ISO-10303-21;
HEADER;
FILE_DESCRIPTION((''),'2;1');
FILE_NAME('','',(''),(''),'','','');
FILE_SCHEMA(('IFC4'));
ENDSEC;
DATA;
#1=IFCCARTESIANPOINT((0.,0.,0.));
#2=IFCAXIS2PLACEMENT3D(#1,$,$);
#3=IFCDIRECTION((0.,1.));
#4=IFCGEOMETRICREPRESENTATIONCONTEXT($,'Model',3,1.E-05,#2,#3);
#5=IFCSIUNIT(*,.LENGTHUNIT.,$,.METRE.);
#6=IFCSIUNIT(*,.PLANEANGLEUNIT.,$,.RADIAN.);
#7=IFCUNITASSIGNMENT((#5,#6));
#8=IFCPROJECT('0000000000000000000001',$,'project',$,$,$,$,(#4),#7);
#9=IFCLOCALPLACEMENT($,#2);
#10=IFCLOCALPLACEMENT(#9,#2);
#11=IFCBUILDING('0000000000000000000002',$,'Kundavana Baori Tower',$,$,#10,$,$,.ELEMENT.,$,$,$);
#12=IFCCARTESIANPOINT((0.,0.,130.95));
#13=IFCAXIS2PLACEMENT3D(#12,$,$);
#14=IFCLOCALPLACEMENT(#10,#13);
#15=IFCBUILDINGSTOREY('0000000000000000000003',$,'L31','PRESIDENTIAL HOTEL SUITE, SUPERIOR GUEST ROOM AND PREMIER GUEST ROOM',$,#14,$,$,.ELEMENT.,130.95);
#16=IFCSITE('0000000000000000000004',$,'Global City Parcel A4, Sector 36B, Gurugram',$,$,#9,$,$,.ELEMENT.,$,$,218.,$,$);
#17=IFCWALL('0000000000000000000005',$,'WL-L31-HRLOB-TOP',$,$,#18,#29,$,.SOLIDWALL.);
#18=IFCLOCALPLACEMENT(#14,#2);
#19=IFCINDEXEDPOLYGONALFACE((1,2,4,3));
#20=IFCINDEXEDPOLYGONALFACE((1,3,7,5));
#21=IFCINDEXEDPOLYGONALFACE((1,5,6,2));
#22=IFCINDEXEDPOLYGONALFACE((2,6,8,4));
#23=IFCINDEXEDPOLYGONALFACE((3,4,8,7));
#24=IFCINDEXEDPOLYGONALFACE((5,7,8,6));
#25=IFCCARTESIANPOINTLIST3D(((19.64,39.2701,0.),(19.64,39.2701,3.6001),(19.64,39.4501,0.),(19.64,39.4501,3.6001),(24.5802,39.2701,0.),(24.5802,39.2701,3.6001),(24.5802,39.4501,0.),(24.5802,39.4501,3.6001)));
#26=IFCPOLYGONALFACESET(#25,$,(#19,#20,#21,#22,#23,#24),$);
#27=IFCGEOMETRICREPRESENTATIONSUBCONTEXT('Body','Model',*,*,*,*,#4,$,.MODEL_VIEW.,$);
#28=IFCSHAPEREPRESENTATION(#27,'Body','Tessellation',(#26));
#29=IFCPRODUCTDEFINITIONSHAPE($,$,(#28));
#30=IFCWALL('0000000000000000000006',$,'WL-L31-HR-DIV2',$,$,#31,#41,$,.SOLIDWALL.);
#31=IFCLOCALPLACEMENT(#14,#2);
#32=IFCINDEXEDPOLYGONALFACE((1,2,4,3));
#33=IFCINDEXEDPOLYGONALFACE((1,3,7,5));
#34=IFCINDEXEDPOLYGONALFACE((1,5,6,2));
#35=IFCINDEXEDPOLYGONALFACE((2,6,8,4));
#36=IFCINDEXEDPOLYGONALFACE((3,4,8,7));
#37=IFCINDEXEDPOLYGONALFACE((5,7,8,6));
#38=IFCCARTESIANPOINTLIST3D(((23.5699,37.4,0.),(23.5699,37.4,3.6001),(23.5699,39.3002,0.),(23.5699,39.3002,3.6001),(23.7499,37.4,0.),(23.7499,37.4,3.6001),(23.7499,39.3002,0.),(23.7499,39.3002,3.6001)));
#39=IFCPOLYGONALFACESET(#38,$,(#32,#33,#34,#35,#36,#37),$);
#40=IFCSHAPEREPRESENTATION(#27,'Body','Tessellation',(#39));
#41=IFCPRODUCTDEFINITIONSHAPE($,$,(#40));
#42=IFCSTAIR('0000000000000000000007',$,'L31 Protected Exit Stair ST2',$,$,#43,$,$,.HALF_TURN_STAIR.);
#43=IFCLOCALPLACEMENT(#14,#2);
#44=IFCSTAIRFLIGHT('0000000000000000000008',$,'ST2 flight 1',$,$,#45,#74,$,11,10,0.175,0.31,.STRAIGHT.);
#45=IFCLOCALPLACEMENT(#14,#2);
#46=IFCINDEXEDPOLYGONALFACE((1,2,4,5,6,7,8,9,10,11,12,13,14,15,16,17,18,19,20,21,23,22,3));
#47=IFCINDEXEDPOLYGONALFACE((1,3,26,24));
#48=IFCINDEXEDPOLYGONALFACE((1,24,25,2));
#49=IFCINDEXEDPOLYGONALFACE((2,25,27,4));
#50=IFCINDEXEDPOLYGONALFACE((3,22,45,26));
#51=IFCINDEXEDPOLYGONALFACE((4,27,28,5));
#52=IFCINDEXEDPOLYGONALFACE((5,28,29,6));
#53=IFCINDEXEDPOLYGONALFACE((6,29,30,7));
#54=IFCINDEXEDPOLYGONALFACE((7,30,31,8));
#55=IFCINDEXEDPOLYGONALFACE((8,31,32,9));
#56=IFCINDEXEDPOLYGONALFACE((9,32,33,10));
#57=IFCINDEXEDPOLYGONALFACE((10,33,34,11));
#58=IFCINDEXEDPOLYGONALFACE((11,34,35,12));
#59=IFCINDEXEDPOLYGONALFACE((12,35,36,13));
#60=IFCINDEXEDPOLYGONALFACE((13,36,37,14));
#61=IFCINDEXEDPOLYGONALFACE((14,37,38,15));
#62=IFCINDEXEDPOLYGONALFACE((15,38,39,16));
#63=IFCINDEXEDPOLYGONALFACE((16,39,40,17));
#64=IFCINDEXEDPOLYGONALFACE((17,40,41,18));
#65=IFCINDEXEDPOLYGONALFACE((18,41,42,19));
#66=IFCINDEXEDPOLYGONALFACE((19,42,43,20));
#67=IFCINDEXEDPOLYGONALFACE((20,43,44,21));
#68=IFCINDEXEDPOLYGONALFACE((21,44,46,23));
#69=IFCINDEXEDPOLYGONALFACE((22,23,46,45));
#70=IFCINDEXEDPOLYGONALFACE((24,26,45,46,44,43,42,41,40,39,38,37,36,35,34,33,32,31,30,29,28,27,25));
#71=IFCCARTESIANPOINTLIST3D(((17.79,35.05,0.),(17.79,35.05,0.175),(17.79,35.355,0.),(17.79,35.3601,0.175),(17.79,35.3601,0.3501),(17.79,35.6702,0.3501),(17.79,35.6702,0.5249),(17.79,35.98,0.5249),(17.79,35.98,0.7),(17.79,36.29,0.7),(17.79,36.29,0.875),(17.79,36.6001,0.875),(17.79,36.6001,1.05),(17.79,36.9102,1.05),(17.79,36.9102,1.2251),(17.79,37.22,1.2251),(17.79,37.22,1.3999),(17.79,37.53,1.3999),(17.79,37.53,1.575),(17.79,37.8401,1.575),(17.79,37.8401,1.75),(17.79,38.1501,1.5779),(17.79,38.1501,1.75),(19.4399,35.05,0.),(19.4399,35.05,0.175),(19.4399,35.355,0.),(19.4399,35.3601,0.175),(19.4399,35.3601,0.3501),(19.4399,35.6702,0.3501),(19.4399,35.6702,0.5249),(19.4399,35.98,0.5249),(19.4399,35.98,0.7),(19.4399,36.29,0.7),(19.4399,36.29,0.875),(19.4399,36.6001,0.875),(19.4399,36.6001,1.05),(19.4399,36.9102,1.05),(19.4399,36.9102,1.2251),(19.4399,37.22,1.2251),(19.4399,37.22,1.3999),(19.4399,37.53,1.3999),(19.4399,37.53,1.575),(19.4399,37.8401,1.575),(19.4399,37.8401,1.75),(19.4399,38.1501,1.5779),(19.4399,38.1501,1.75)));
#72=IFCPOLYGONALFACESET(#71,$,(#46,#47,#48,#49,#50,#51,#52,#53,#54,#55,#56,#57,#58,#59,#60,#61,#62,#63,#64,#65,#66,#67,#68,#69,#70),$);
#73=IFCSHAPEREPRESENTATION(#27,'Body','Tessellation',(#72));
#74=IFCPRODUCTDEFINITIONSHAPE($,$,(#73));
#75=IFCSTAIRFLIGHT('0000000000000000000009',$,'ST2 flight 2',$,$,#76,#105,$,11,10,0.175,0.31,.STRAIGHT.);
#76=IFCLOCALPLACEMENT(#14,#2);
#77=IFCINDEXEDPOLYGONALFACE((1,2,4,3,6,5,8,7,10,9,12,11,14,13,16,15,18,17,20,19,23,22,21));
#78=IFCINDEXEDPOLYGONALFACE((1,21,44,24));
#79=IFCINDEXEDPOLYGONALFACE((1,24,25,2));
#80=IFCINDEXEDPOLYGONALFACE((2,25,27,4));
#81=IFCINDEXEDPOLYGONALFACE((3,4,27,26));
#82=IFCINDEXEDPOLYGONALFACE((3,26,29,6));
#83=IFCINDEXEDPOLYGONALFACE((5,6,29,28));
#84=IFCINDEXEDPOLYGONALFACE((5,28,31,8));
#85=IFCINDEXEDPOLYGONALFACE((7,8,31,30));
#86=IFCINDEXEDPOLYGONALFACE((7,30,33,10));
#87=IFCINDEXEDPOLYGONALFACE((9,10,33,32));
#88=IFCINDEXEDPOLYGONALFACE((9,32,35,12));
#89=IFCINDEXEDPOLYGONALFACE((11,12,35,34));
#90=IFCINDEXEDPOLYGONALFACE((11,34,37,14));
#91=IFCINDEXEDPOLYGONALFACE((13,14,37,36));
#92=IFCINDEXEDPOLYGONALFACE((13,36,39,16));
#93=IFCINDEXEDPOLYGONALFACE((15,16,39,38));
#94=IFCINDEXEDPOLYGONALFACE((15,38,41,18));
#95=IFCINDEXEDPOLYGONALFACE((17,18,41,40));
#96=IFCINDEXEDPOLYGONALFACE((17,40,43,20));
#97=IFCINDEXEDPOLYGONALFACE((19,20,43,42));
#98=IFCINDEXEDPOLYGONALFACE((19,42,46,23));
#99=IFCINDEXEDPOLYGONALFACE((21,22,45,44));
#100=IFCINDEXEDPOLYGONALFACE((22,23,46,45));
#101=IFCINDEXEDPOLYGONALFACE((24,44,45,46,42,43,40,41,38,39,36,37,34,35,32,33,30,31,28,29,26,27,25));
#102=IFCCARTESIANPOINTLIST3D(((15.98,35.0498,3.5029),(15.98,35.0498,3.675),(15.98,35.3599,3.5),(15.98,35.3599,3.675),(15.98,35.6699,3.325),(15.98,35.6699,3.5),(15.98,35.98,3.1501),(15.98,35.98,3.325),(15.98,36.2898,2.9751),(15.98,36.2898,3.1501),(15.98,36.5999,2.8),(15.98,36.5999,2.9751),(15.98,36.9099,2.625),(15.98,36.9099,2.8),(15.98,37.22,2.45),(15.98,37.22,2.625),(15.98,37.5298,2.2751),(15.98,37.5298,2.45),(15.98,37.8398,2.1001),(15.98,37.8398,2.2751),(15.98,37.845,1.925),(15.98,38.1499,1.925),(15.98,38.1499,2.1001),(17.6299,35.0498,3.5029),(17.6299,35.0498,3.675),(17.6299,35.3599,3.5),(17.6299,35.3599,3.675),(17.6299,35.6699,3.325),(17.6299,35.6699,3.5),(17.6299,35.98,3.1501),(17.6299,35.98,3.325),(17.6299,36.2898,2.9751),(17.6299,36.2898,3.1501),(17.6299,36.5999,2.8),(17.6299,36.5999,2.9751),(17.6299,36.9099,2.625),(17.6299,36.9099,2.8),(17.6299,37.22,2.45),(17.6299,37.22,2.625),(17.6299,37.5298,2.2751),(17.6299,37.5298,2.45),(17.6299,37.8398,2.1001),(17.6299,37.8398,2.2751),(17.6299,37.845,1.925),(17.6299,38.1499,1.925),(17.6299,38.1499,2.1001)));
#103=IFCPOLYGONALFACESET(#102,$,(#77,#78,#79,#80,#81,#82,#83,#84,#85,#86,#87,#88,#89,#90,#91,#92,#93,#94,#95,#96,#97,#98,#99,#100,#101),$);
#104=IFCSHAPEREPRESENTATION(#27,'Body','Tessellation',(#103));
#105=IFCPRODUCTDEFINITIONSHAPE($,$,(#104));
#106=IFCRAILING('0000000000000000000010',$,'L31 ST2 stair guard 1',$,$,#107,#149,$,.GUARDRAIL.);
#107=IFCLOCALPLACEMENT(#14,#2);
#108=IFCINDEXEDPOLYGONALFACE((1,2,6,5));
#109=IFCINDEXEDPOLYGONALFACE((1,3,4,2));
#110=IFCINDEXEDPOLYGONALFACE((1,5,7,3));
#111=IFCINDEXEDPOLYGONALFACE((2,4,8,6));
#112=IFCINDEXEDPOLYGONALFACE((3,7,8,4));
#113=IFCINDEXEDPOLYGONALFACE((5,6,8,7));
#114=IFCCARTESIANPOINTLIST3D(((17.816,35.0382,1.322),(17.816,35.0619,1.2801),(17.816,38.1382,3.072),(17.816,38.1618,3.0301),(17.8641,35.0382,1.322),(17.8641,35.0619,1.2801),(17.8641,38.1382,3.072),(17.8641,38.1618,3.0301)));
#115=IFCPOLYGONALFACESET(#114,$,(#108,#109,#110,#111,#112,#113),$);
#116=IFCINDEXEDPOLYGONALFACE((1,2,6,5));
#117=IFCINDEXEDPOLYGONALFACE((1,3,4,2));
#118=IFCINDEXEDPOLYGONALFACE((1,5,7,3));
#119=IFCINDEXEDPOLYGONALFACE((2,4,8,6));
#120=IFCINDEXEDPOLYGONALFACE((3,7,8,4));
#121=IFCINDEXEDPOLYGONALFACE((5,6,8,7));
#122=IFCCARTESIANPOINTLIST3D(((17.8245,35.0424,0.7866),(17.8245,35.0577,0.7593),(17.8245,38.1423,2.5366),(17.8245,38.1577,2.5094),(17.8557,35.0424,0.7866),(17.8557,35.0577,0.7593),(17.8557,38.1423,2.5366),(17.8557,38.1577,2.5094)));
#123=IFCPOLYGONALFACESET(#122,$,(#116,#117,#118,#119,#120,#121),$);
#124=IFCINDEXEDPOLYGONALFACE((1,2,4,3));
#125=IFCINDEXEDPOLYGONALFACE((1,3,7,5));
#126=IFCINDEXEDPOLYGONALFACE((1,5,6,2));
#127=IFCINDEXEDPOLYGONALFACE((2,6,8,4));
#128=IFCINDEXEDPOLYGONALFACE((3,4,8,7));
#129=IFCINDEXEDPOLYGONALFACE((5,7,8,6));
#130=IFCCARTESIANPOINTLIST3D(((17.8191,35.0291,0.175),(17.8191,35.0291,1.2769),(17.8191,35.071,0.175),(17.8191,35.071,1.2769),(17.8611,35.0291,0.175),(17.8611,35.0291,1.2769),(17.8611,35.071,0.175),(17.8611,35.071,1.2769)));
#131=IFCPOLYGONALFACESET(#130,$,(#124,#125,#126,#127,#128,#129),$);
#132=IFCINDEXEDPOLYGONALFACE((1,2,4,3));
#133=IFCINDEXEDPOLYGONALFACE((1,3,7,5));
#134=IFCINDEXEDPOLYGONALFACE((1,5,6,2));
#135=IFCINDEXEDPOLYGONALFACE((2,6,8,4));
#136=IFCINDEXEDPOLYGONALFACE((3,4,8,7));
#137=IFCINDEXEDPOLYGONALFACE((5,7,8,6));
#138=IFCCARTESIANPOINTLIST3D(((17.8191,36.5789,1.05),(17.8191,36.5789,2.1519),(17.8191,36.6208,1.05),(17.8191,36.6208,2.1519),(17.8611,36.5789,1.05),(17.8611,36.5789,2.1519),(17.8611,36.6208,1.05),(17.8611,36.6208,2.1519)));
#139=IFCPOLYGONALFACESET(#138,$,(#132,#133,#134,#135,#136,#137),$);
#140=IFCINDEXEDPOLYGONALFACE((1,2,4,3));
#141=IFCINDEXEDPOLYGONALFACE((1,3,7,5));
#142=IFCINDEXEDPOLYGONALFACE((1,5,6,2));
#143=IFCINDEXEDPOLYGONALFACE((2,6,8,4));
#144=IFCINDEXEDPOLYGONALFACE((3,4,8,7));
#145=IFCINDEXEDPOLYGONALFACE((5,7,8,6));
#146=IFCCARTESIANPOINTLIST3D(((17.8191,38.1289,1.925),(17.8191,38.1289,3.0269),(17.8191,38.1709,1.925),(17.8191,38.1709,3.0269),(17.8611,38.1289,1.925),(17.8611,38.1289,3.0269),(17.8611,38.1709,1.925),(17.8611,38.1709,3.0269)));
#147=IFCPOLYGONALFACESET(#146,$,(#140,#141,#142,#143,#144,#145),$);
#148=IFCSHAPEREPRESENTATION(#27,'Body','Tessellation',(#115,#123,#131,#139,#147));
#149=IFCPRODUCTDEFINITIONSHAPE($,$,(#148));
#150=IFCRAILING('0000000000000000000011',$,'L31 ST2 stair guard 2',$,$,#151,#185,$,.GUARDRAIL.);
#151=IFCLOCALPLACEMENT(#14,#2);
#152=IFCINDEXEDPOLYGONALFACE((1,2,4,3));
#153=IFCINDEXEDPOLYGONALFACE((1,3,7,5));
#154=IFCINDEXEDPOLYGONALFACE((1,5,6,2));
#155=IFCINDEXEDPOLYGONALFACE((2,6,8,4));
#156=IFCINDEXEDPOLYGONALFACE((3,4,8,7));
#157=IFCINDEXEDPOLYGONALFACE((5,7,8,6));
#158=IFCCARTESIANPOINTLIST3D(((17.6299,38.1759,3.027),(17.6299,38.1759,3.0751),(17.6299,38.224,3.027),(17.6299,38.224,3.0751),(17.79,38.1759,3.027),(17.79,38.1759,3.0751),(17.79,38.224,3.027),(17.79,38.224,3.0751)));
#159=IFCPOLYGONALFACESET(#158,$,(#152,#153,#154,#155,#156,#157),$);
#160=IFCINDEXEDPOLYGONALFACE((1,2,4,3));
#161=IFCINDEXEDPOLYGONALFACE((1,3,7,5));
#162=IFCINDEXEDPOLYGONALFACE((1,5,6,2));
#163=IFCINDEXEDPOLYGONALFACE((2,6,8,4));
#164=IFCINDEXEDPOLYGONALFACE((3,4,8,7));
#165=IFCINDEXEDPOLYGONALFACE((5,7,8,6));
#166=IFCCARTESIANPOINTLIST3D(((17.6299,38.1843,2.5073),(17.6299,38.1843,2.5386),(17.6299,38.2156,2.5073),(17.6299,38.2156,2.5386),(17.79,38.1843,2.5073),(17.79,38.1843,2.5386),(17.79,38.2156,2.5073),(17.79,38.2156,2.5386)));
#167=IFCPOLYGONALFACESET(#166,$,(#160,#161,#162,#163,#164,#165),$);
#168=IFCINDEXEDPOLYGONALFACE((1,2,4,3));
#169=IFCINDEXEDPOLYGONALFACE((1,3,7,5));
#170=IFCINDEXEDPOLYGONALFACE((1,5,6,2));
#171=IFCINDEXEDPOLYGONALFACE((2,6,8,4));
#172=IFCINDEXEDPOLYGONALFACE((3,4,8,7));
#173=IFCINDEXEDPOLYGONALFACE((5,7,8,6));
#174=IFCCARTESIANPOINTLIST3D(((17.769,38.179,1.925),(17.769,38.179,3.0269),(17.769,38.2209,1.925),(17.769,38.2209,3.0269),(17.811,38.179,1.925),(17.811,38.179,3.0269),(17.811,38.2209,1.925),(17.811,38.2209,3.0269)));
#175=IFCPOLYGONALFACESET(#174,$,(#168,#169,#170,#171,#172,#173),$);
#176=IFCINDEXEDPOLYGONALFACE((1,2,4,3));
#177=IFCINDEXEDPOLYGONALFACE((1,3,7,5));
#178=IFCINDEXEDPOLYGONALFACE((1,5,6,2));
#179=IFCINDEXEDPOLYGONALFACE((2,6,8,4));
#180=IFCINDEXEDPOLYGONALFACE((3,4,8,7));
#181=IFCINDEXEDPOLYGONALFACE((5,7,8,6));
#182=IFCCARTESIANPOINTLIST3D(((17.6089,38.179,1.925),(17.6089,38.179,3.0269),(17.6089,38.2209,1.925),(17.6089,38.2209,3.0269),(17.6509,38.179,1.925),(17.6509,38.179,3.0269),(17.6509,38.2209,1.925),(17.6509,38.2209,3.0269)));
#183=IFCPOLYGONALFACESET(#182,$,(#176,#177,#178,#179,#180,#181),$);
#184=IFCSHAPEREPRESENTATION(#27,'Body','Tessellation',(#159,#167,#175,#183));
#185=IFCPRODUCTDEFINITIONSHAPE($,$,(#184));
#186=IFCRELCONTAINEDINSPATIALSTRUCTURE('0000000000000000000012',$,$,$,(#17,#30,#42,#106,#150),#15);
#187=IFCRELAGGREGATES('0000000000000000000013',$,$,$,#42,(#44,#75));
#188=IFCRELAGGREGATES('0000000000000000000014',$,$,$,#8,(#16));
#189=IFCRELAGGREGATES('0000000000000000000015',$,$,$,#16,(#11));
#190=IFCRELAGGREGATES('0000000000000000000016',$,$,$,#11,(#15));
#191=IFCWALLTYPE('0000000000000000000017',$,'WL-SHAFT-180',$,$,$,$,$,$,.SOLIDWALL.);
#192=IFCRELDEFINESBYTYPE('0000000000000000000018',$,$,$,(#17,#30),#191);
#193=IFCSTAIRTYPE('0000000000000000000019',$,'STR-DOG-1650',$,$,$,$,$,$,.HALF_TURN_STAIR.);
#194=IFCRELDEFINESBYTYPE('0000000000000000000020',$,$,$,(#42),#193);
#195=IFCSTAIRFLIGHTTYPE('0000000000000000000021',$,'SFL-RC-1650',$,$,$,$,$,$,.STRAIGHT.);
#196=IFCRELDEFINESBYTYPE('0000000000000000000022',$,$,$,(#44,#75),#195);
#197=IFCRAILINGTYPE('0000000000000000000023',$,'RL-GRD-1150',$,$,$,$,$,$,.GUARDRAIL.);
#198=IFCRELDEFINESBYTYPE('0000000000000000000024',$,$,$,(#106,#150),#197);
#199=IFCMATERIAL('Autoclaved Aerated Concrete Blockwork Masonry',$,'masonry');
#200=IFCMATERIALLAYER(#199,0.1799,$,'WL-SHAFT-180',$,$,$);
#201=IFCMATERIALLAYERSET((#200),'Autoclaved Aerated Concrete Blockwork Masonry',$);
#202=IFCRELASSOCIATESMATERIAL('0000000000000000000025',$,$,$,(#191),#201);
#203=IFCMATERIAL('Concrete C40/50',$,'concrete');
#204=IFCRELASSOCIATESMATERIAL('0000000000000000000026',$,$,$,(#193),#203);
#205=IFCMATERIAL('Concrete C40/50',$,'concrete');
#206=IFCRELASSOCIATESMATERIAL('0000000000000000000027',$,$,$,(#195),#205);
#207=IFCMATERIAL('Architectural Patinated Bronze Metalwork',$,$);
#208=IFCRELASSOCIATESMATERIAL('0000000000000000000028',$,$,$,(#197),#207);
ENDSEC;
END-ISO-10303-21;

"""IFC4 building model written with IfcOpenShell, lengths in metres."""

from ifc_helpers import new_model, si_unit, direction, frame, frame_2d, origin, origin_2d, place, context, subcontext, project, spatial, polyline, rectangle, outline, extrude, material, layer, layer_set, type_object, element, aggregate, save


model = new_model("IFC4")

# Units and contexts
model_context = context("Model", 3, precision=1e-05, world=origin(), true_north=direction((0.0, 1.0)))
body_context = subcontext(model_context, "Body", "Model", "MODEL_VIEW")
ifc_project = project(units=[si_unit("LENGTHUNIT", "METRE"), si_unit("PLANEANGLEUNIT", "RADIAN")], contexts=[model_context])

# Site, building, storey
site_placement = place(None, origin())
site = spatial("IfcSite", under=ifc_project, at=site_placement, Name="Global City Parcel A4, Sector 36B, Gurugram", CompositionType="ELEMENT", RefElevation=218.0)
building_placement = place(site_placement, origin())
building = spatial("IfcBuilding", under=site, at=building_placement, Name="Kundavana Baori Tower", CompositionType="ELEMENT")
storey_placement = place(building_placement, frame((0.0, 0.0, 130.95)))
storey = spatial("IfcBuildingStorey", under=building, at=storey_placement, Name="L31", Description="PRESIDENTIAL HOTEL SUITE, SUPERIOR GUEST ROOM AND PREMIER GUEST ROOM", CompositionType="ELEMENT", Elevation=130.95)

# Shared definitions
ifc_material_1 = material(Name="Autoclaved Aerated Concrete Blockwork Masonry", Category="masonry")
ifc_layer_1 = layer(ifc_material_1, 0.1799, Name="WL-SHAFT-180")
ifc_layer_set_1 = layer_set([ifc_layer_1], Name="Autoclaved Aerated Concrete Blockwork Masonry")
wall_type_1 = type_object("IfcWallType", Name="WL-SHAFT-180", PredefinedType="SOLIDWALL", material=ifc_layer_set_1)

# Walls
wall_1_placement = place(storey_placement, frame((19.6399, 39.3601, 0.0), z_axis=(0.0, 0.0, 1.0), x_axis=(1.0, 0.0, 0.0)))
element("IfcWall", 1, at=wall_1_placement, inside=storey, type_object=wall_type_1, Name="WL-L31-HRLOB-TOP", PredefinedType="SOLIDWALL", context=body_context, shape_type="SweptSolid", body=[
    extrude(rectangle(XDim=4.9402, YDim=0.1799, at=frame_2d((2.4702, 0.0))), origin(), (0.0, 0.0, 1.0), 3.6001),
])
wall_2_placement = place(storey_placement, frame((23.6599, 37.3999, 0.0), z_axis=(0.0, 0.0, 1.0), x_axis=(0.0, 1.0, 0.0)))
element("IfcWall", 2, at=wall_2_placement, inside=storey, type_object=wall_type_1, Name="WL-L31-HR-DIV2", PredefinedType="SOLIDWALL", context=body_context, shape_type="SweptSolid", body=[
    extrude(rectangle(XDim=1.9001, YDim=0.1799, at=frame_2d((0.9502, 0.0))), origin(), (0.0, 0.0, 1.0), 3.6001),
])

# Stair, stair flights
ifc_material_2 = material(Name="Concrete C40/50", Category="concrete")
stair_type = type_object("IfcStairType", Name="STR-DOG-1650", PredefinedType="HALF_TURN_STAIR", material=ifc_material_2)
stair_placement = place(storey_placement, origin())
stair = element("IfcStair", 3, at=stair_placement, inside=storey, type_object=stair_type, Name="L31 Protected Exit Stair ST2", PredefinedType="HALF_TURN_STAIR")
ifc_material_3 = material(Name="Concrete C40/50", Category="concrete")
stair_flight_type = type_object("IfcStairFlightType", Name="SFL-RC-1650", PredefinedType="STRAIGHT", material=ifc_material_3)
stair_flight_1_placement = place(storey_placement, frame((18.615, 35.05, 0.0), z_axis=(0.0, 0.0, 1.0), x_axis=(0.0, 1.0, 0.0)))
stair_flight_1 = element("IfcStairFlight", 4, at=stair_flight_1_placement, type_object=stair_flight_type, Name="ST2 flight 1", NumberOfRisers=11, NumberOfTreads=10, PredefinedType="STRAIGHT", RiserHeight=0.175, TreadLength=0.31, context=body_context, shape_type="SweptSolid", body=[
    extrude(outline(polyline([(0.0, 0.0), (0.0, 0.175), (0.3101, 0.175), (0.3101, 0.3501), (0.6201, 0.3501), (0.6201, 0.5249), (0.9299, 0.5249), (0.9299, 0.7), (1.24, 0.7), (1.24, 0.875), (1.55, 0.875), (1.55, 1.05), (1.8601, 1.05), (1.8601, 1.2251), (2.1699, 1.2251), (2.1699, 1.3999), (2.48, 1.3999), (2.48, 1.575), (2.79, 1.575), (2.79, 1.75), (3.1001, 1.75), (3.1001, 1.925), (3.1001, 1.5779), (0.3049, 0.0), (0.0, 0.0)])), frame((0.0, 0.825, 0.0), z_axis=(0.0, -1.0, 0.0), x_axis=(1.0, 0.0, 0.0)), (0.0, 0.0, 1.0), 1.6499),
])
stair_flight_2_placement = place(storey_placement, frame((16.8049, 38.1499, 1.925), z_axis=(0.0, 0.0, 1.0), x_axis=(0.0, -1.0, 0.0)))
stair_flight_2 = element("IfcStairFlight", 5, at=stair_flight_2_placement, type_object=stair_flight_type, Name="ST2 flight 2", NumberOfRisers=11, NumberOfTreads=10, PredefinedType="STRAIGHT", RiserHeight=0.175, TreadLength=0.31, context=body_context, shape_type="SweptSolid", body=[
    extrude(outline(polyline([(0.0, 0.0), (0.0, 0.175), (0.3101, 0.175), (0.3101, 0.3501), (0.6201, 0.3501), (0.6201, 0.5249), (0.9299, 0.5249), (0.9299, 0.7), (1.24, 0.7), (1.24, 0.875), (1.55, 0.875), (1.55, 1.05), (1.8601, 1.05), (1.8601, 1.2251), (2.1699, 1.2251), (2.1699, 1.3999), (2.48, 1.3999), (2.48, 1.575), (2.79, 1.575), (2.79, 1.75), (3.1001, 1.75), (3.1001, 1.925), (3.1001, 1.5779), (0.3049, 0.0), (0.0, 0.0)])), frame((0.0, 0.825, 0.0), z_axis=(0.0, -1.0, 0.0), x_axis=(1.0, 0.0, 0.0)), (0.0, 0.0, 1.0), 1.6499),
])
aggregate(stair, [stair_flight_1, stair_flight_2])

# Railings
ifc_material_4 = material(Name="Architectural Patinated Bronze Metalwork")
railing_type_1 = type_object("IfcRailingType", Name="RL-GRD-1150", PredefinedType="GUARDRAIL", material=ifc_material_4)
railing_1_placement = place(storey_placement, frame((17.8401, 35.05, 0.175)))
element("IfcRailing", 6, at=railing_1_placement, inside=storey, type_object=railing_type_1, Name="L31 ST2 stair guard 1", PredefinedType="GUARDRAIL", context=body_context, shape_type="SweptSolid", body=[
    extrude(rectangle(XDim=0.0481, YDim=0.0481, at=origin_2d()), frame((0.0, 0.0, 1.126), z_axis=(0.0, 0.870814, 0.491612), x_axis=(-1.0, 0.0, 0.0)), (0.0, 0.0, 1.0), 3.5598),
    extrude(rectangle(XDim=0.0312, YDim=0.0312, at=origin_2d()), frame((0.0, 0.0, 0.5979), z_axis=(0.0, 0.870814, 0.491612), x_axis=(-1.0, 0.0, 0.0)), (0.0, 0.0, 1.0), 3.5598),
    extrude(rectangle(XDim=0.042, YDim=0.042, at=origin_2d()), origin(), (0.0, 0.0, 1.0), 1.1018),
    extrude(rectangle(XDim=0.042, YDim=0.042, at=origin_2d()), frame((0.0, 1.5498, 0.875)), (0.0, 0.0, 1.0), 1.1018),
    extrude(rectangle(XDim=0.042, YDim=0.042, at=origin_2d()), frame((0.0, 3.0999, 1.75)), (0.0, 0.0, 1.0), 1.1018),
])
railing_2_placement = place(storey_placement, frame((17.79, 38.2, 1.925)))
element("IfcRailing", 7, at=railing_2_placement, inside=storey, type_object=railing_type_1, Name="L31 ST2 stair guard 2", PredefinedType="GUARDRAIL", context=body_context, shape_type="SweptSolid", body=[
    extrude(rectangle(XDim=0.0481, YDim=0.0481, at=origin_2d()), frame((0.0, 0.0, 1.126), z_axis=(-1.0, 0.0, 0.0), x_axis=(0.0, -1.0, 0.0)), (0.0, 0.0, 1.0), 0.1602),
    extrude(rectangle(XDim=0.0312, YDim=0.0312, at=origin_2d()), frame((0.0, 0.0, 0.5979), z_axis=(-1.0, 0.0, 0.0), x_axis=(0.0, -1.0, 0.0)), (0.0, 0.0, 1.0), 0.1602),
    extrude(rectangle(XDim=0.042, YDim=0.042, at=origin_2d()), origin(), (0.0, 0.0, 1.0), 1.1018),
    extrude(rectangle(XDim=0.042, YDim=0.042, at=origin_2d()), frame((-0.1602, 0.0, 0.0)), (0.0, 0.0, 1.0), 1.1018),
])

save(model, "model.ifc")
